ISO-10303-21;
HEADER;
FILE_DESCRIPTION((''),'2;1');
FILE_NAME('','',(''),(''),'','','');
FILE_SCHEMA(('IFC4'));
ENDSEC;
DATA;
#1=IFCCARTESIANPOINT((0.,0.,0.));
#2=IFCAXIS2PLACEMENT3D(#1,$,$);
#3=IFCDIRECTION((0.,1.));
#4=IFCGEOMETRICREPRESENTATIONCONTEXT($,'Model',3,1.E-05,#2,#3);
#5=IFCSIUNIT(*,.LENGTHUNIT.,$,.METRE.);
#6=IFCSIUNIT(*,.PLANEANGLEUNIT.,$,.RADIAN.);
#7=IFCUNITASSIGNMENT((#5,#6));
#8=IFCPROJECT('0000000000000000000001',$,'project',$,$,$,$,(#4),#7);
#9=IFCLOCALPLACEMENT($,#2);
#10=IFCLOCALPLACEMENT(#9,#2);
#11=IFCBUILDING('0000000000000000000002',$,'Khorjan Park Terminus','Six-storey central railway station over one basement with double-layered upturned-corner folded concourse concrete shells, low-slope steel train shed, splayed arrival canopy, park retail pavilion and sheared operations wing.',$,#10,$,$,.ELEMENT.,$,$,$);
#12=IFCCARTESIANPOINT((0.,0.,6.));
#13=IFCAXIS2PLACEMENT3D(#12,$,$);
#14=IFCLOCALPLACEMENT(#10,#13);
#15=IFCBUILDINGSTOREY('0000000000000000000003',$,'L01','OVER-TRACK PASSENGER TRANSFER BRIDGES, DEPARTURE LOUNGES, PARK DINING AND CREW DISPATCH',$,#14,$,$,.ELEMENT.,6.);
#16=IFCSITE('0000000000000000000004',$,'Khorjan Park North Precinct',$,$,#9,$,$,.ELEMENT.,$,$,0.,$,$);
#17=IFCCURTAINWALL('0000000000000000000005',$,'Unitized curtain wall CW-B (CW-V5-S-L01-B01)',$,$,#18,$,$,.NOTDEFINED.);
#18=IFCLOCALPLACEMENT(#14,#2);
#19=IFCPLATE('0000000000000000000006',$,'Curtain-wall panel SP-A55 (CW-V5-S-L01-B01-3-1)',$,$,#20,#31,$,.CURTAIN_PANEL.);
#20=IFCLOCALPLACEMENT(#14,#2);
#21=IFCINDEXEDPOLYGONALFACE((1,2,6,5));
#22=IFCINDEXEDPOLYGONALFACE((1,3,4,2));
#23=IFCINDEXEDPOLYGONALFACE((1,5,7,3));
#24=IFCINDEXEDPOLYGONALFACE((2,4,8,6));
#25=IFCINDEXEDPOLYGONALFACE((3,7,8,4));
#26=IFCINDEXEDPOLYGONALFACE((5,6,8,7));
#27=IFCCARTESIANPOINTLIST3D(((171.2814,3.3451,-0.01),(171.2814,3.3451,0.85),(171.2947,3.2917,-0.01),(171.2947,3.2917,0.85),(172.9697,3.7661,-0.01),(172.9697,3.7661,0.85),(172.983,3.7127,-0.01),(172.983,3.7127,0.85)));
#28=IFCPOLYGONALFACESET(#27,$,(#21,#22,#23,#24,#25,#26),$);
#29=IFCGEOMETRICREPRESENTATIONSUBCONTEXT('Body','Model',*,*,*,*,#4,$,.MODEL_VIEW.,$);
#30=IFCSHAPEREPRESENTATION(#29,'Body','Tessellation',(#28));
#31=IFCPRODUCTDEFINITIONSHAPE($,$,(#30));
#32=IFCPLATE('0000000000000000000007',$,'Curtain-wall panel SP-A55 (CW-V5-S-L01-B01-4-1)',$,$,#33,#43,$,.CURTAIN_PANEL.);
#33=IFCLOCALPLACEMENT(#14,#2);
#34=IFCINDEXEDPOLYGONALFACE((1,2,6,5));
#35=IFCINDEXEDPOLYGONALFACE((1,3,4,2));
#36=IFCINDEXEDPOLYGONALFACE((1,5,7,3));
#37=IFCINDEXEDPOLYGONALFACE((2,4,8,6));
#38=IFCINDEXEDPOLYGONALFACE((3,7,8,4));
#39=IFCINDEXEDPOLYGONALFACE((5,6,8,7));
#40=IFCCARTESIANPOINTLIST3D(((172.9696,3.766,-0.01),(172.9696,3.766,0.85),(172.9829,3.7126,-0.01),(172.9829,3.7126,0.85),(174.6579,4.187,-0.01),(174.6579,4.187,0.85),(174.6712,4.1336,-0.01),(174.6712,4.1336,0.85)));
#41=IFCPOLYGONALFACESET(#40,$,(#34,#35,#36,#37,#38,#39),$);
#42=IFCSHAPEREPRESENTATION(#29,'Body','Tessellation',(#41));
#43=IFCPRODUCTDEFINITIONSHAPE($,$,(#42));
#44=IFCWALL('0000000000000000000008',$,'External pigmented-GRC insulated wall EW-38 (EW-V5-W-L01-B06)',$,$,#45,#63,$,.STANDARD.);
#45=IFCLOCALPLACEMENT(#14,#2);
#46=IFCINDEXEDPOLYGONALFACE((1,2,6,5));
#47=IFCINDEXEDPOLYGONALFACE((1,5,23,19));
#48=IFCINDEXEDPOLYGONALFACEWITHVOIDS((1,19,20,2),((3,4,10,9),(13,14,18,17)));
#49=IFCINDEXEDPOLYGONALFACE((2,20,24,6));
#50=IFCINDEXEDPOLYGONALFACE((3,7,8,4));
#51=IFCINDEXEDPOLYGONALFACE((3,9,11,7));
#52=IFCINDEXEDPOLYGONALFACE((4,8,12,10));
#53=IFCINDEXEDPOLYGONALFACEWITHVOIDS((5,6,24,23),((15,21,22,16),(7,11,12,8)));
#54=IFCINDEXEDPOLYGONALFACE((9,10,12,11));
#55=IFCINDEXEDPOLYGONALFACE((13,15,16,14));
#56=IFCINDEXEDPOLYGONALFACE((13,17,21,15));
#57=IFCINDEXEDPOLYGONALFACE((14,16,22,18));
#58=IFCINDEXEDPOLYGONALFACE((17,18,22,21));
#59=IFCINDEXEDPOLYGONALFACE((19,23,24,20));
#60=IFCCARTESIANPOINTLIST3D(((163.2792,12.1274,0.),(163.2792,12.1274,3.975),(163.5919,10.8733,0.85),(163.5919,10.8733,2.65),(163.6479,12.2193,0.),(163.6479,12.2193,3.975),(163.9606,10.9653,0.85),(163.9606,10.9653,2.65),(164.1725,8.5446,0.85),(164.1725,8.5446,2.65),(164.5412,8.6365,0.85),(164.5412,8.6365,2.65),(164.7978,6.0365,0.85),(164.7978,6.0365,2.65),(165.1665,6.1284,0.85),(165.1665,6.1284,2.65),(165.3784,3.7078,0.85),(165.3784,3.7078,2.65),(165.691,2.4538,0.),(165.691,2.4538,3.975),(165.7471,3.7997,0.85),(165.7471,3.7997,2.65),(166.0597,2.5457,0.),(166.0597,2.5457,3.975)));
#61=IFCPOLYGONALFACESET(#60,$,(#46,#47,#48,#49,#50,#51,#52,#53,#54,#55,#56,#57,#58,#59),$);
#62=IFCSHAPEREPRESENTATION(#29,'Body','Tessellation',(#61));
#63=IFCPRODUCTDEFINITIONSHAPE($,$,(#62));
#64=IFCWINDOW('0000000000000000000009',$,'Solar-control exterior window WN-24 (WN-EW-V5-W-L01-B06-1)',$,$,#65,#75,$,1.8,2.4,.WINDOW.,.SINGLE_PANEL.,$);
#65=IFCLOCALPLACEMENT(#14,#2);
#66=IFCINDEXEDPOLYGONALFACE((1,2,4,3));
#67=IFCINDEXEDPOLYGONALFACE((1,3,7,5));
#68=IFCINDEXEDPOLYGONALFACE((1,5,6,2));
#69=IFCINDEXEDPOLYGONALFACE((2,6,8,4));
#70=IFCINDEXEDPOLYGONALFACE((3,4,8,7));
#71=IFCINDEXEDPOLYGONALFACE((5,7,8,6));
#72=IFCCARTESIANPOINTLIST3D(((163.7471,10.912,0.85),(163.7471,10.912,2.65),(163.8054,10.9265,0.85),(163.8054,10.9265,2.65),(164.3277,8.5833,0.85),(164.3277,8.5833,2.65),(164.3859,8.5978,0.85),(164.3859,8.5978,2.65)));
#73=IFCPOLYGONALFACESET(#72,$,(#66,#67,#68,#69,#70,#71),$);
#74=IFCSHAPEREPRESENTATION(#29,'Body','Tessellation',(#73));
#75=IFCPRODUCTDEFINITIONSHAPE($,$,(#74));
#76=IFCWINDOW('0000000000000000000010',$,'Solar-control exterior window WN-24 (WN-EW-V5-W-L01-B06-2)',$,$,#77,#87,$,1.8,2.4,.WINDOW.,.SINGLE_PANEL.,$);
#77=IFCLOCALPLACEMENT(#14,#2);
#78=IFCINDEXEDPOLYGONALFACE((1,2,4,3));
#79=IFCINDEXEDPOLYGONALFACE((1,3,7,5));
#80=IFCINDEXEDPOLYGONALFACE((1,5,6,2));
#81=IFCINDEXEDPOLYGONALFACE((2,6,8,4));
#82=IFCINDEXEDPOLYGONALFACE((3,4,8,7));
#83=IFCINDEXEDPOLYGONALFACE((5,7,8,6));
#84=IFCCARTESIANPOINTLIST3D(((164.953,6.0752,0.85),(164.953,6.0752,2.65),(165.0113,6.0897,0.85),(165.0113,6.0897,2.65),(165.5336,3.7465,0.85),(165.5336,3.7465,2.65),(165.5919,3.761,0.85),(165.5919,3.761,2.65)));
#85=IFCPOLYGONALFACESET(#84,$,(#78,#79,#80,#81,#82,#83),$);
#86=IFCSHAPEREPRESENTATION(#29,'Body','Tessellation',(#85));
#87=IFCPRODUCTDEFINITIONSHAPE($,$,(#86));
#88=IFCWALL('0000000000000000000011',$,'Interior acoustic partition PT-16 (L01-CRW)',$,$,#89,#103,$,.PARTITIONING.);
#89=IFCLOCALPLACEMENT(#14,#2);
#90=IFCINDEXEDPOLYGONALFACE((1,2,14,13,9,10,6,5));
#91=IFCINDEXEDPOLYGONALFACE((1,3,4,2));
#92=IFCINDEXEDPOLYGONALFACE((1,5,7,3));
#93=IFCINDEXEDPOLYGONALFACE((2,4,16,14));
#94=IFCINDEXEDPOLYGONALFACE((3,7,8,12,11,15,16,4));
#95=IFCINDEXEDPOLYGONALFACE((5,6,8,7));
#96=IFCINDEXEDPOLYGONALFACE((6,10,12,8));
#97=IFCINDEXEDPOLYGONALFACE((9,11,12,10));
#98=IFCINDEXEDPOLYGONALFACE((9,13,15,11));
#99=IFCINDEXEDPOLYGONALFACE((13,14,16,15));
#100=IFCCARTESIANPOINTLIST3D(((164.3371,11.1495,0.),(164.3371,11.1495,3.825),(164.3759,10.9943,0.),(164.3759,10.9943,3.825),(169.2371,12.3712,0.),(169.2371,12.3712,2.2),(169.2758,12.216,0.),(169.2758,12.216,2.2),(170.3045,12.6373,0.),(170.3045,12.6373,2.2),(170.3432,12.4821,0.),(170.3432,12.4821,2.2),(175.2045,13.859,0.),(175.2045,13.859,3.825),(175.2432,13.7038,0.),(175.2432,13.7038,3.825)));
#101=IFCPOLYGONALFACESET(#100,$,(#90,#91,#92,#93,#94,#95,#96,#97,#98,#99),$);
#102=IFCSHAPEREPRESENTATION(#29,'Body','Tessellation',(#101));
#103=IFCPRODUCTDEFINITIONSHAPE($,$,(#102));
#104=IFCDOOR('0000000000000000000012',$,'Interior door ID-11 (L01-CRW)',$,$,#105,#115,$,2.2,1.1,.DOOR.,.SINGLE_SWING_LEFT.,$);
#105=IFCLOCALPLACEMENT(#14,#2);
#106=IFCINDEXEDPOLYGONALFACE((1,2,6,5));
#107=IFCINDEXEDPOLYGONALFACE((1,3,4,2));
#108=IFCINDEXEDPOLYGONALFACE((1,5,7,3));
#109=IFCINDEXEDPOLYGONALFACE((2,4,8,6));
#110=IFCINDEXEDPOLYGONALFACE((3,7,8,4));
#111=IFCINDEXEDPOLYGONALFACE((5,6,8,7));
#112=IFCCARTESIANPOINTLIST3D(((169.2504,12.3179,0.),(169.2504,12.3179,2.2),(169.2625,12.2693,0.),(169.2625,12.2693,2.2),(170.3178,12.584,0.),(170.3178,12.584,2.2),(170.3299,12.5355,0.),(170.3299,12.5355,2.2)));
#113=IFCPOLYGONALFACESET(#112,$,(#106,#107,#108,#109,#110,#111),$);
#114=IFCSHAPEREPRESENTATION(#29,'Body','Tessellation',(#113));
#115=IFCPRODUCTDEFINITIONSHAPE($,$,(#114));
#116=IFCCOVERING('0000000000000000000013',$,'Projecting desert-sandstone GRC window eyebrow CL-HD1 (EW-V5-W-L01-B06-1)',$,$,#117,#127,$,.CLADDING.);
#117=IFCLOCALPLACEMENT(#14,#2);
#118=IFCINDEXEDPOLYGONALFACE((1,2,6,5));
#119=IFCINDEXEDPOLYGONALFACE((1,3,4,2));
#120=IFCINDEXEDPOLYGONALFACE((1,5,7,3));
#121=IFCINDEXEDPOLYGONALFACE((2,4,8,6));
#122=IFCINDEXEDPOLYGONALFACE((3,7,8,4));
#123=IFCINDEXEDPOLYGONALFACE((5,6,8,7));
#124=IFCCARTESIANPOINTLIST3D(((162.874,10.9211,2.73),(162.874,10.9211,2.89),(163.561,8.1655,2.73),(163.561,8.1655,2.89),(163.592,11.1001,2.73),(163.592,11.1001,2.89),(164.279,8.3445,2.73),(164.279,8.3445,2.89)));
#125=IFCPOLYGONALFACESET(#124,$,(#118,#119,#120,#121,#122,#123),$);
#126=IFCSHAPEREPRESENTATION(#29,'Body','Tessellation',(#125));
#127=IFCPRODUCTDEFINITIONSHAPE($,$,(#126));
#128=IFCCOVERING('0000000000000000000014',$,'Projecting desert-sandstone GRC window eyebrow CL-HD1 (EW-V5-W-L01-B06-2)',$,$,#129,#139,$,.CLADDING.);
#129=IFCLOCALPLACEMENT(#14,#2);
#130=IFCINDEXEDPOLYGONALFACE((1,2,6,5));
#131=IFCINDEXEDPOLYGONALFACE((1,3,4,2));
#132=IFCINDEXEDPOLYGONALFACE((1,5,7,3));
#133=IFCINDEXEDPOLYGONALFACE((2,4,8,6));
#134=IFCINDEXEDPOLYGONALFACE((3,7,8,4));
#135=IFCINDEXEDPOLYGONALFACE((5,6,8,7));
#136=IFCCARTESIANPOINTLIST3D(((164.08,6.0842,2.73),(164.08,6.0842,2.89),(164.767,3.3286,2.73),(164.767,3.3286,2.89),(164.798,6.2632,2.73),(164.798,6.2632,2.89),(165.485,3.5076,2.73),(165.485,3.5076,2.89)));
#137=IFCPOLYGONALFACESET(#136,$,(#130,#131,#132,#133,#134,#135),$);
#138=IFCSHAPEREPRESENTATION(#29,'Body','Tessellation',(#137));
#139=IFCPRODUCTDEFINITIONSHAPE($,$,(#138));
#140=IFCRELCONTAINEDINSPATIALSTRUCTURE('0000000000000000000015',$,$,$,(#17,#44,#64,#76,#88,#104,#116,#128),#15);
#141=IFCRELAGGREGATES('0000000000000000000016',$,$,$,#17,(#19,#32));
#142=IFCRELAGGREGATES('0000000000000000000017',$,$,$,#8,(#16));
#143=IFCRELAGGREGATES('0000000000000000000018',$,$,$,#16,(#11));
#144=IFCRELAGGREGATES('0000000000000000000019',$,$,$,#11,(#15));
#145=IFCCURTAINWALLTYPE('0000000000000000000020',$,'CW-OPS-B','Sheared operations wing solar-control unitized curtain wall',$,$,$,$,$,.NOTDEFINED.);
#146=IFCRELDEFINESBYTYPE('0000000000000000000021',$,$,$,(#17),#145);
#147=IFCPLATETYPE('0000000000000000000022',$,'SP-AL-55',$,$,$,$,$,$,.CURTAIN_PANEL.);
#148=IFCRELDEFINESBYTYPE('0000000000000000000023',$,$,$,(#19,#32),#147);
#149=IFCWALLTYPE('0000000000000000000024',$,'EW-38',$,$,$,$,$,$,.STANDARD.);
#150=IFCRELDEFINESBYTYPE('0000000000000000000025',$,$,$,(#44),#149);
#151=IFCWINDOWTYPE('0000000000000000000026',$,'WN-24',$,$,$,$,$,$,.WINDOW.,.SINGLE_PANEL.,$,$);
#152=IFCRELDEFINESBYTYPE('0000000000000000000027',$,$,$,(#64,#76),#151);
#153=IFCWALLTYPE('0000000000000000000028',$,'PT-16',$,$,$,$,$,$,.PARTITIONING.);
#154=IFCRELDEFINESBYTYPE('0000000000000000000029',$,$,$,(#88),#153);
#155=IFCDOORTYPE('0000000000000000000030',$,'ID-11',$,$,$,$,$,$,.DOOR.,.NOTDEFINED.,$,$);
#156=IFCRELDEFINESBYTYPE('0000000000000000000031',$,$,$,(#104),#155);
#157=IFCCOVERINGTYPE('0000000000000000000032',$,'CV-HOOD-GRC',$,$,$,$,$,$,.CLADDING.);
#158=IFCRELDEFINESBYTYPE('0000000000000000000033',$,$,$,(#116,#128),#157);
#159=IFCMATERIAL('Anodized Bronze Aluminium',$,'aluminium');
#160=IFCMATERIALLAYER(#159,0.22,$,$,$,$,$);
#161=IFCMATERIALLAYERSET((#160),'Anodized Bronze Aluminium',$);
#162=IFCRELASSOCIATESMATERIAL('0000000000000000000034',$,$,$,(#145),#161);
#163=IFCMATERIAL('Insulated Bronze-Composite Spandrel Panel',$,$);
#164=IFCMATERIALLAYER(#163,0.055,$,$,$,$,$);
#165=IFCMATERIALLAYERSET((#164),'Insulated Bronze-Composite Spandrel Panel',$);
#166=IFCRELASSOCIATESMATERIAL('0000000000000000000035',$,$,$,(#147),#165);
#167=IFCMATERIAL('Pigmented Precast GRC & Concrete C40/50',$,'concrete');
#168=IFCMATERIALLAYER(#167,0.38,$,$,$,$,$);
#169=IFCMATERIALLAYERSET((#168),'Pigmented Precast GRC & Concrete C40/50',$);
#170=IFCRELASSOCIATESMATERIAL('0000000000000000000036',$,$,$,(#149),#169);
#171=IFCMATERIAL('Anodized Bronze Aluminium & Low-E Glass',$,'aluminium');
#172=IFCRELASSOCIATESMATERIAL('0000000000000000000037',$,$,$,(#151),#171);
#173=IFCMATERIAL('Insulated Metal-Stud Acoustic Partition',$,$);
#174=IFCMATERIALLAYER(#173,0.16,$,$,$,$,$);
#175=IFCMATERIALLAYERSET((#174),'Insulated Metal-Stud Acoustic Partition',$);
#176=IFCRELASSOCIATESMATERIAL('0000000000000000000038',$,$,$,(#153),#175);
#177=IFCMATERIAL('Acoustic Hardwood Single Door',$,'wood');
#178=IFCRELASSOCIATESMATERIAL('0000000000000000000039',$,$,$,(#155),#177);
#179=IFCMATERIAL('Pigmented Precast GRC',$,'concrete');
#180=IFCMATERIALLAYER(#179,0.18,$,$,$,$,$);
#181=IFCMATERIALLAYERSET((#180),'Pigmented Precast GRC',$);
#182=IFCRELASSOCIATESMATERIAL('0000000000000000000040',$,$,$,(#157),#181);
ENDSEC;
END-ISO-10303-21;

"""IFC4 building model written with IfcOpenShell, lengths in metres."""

from ifc_helpers import new_model, si_unit, direction, frame, frame_2d, origin, origin_2d, place, context, subcontext, project, spatial, rectangle, extrude, material, layer, layer_set, type_object, element, fill, aggregate, save


model = new_model("IFC4")

# Units and contexts
model_context = context("Model", 3, precision=1e-05, world=origin(), true_north=direction((0.0, 1.0)))
body_context = subcontext(model_context, "Body", "Model", "MODEL_VIEW")
ifc_project = project(units=[si_unit("LENGTHUNIT", "METRE"), si_unit("PLANEANGLEUNIT", "RADIAN")], contexts=[model_context])

# Site, building, storey
site_placement = place(None, origin())
site = spatial("IfcSite", under=ifc_project, at=site_placement, Name="Khorjan Park North Precinct", CompositionType="ELEMENT", RefElevation=0.0)
building_placement = place(site_placement, origin())
building = spatial("IfcBuilding", under=site, at=building_placement, Name="Khorjan Park Terminus", Description="Six-storey central railway station over one basement with double-layered upturned-corner folded concourse concrete shells, low-slope steel train shed, splayed arrival canopy, park retail pavilion and sheared operations wing.", CompositionType="ELEMENT")
storey_placement = place(building_placement, frame((0.0, 0.0, 6.0)))
storey = spatial("IfcBuildingStorey", under=building, at=storey_placement, Name="L01", Description="OVER-TRACK PASSENGER TRANSFER BRIDGES, DEPARTURE LOUNGES, PARK DINING AND CREW DISPATCH", CompositionType="ELEMENT", Elevation=6.0)

# Curtain wall, plates
ifc_material_1 = material(Name="Anodized Bronze Aluminium", Category="aluminium")
ifc_layer_1 = layer(ifc_material_1, 0.22)
ifc_layer_set_1 = layer_set([ifc_layer_1], Name="Anodized Bronze Aluminium")
curtain_wall_type = type_object("IfcCurtainWallType", Name="CW-OPS-B", Description="Sheared operations wing solar-control unitized curtain wall", PredefinedType="NOTDEFINED", material=ifc_layer_set_1)
curtain_wall_placement = place(storey_placement, origin())
curtain_wall = element("IfcCurtainWall", 1, at=curtain_wall_placement, inside=storey, type_object=curtain_wall_type, Name="Unitized curtain wall CW-B (CW-V5-S-L01-B01)", PredefinedType="NOTDEFINED")
ifc_material_2 = material(Name="Insulated Bronze-Composite Spandrel Panel")
ifc_layer_2 = layer(ifc_material_2, 0.055)
ifc_layer_set_2 = layer_set([ifc_layer_2], Name="Insulated Bronze-Composite Spandrel Panel")
plate_type_1 = type_object("IfcPlateType", Name="SP-AL-55", PredefinedType="CURTAIN_PANEL", material=ifc_layer_set_2)
plate_1_placement = place(storey_placement, frame((172.1322, 3.5289, -0.01), z_axis=(0.0, 0.0, 1.0), x_axis=(0.970296, 0.241923, 0.0)))
plate_1 = element("IfcPlate", 2, at=plate_1_placement, type_object=plate_type_1, Name="Curtain-wall panel SP-A55 (CW-V5-S-L01-B01-3-1)", PredefinedType="CURTAIN_PANEL", context=body_context, shape_type="SweptSolid", body=[
    extrude(rectangle(XDim=1.74, YDim=0.055, at=origin_2d()), origin(), (0.0, 0.0, 1.0), 0.86),
])
plate_2_placement = place(storey_placement, frame((173.8204, 3.9498, -0.01), z_axis=(0.0, 0.0, 1.0), x_axis=(0.970296, 0.241923, 0.0)))
plate_2 = element("IfcPlate", 3, at=plate_2_placement, type_object=plate_type_1, Name="Curtain-wall panel SP-A55 (CW-V5-S-L01-B01-4-1)", PredefinedType="CURTAIN_PANEL", context=body_context, shape_type="SweptSolid", body=[
    extrude(rectangle(XDim=1.74, YDim=0.055, at=origin_2d()), origin(), (0.0, 0.0, 1.0), 0.86),
])
aggregate(curtain_wall, [plate_1, plate_2])

# Wall, openings, windows
ifc_material_3 = material(Name="Pigmented Precast GRC & Concrete C40/50", Category="concrete")
ifc_layer_3 = layer(ifc_material_3, 0.38)
ifc_layer_set_3 = layer_set([ifc_layer_3], Name="Pigmented Precast GRC & Concrete C40/50")
wall_type_1 = type_object("IfcWallType", Name="EW-38", PredefinedType="STANDARD", material=ifc_layer_set_3)
wall_1_placement = place(storey_placement, frame((163.4636, 12.1733, 0.0), z_axis=(0.0, 0.0, 1.0), x_axis=(0.241913, -0.970298, 0.0)))
wall_1 = element("IfcWall", 4, at=wall_1_placement, inside=storey, type_object=wall_type_1, Name="External pigmented-GRC insulated wall EW-38 (EW-V5-W-L01-B06)", PredefinedType="STANDARD", context=body_context, shape_type="SweptSolid", body=[
    extrude(rectangle(XDim=9.9697, YDim=0.38, at=frame_2d((4.9848, 0.0))), origin(), (0.0, 0.0, 1.0), 3.975),
])
opening_1_placement = place(wall_1_placement, frame((1.2924, 0.0, 0.85)))
opening_1 = element("IfcOpeningElement", 5, at=opening_1_placement, cuts=wall_1, PredefinedType="OPENING", context=body_context, shape_type="SweptSolid", body=[
    extrude(rectangle(XDim=2.4, YDim=1.8, at=frame_2d((1.2, 0.9))), frame((0.0, 0.2, 0.0), z_axis=(0.0, -1.0, 0.0), x_axis=(1.0, 0.0, 0.0)), (0.0, 0.0, 1.0), 0.4),
])
opening_2_placement = place(wall_1_placement, frame((6.2773, 0.0, 0.85)))
opening_2 = element("IfcOpeningElement", 6, at=opening_2_placement, cuts=wall_1, PredefinedType="OPENING", context=body_context, shape_type="SweptSolid", body=[
    extrude(rectangle(XDim=2.4, YDim=1.8, at=frame_2d((1.2, 0.9))), frame((0.0, 0.2, 0.0), z_axis=(0.0, -1.0, 0.0), x_axis=(1.0, 0.0, 0.0)), (0.0, 0.0, 1.0), 0.4),
])
ifc_material_4 = material(Name="Anodized Bronze Aluminium & Low-E Glass", Category="aluminium")
window_type = type_object("IfcWindowType", Name="WN-24", PartitioningType="SINGLE_PANEL", PredefinedType="WINDOW", material=ifc_material_4)
window_1_placement = place(opening_1_placement, origin())
window_1 = element("IfcWindow", 7, at=window_1_placement, inside=storey, type_object=window_type, Name="Solar-control exterior window WN-24 (WN-EW-V5-W-L01-B06-1)", OverallHeight=1.8, OverallWidth=2.4, PartitioningType="SINGLE_PANEL", PredefinedType="WINDOW", context=body_context, shape_type="SweptSolid", body=[
    extrude(rectangle(XDim=2.4, YDim=1.8, at=frame_2d((1.2, 0.9))), frame((0.0, 0.03, 0.0), z_axis=(0.0, -1.0, 0.0), x_axis=(1.0, 0.0, 0.0)), (0.0, 0.0, 1.0), 0.06),
])
fill(opening_1, window_1)
window_2_placement = place(opening_2_placement, origin())
window_2 = element("IfcWindow", 8, at=window_2_placement, inside=storey, type_object=window_type, Name="Solar-control exterior window WN-24 (WN-EW-V5-W-L01-B06-2)", OverallHeight=1.8, OverallWidth=2.4, PartitioningType="SINGLE_PANEL", PredefinedType="WINDOW", context=body_context, shape_type="SweptSolid", body=[
    extrude(rectangle(XDim=2.4, YDim=1.8, at=frame_2d((1.2, 0.9))), frame((0.0, 0.03, 0.0), z_axis=(0.0, -1.0, 0.0), x_axis=(1.0, 0.0, 0.0)), (0.0, 0.0, 1.0), 0.06),
])
fill(opening_2, window_2)

# Wall, opening, door
ifc_material_5 = material(Name="Insulated Metal-Stud Acoustic Partition")
ifc_layer_4 = layer(ifc_material_5, 0.16)
ifc_layer_set_4 = layer_set([ifc_layer_4], Name="Insulated Metal-Stud Acoustic Partition")
wall_type_2 = type_object("IfcWallType", Name="PT-16", PredefinedType="PARTITIONING", material=ifc_layer_set_4)
wall_2_placement = place(storey_placement, frame((164.3565, 11.0719, 0.0), z_axis=(0.0, 0.0, 1.0), x_axis=(0.970296, 0.24192, 0.0)))
wall_2 = element("IfcWall", 9, at=wall_2_placement, inside=storey, type_object=wall_type_2, Name="Interior acoustic partition PT-16 (L01-CRW)", PredefinedType="PARTITIONING", context=body_context, shape_type="SweptSolid", body=[
    extrude(rectangle(XDim=11.2, YDim=0.16, at=frame_2d((5.6, 0.0))), origin(), (0.0, 0.0, 1.0), 3.825),
])
opening_3_placement = place(wall_2_placement, frame((5.05, 0.0, 0.0)))
opening_3 = element("IfcOpeningElement", 10, at=opening_3_placement, cuts=wall_2, PredefinedType="OPENING", context=body_context, shape_type="SweptSolid", body=[
    extrude(rectangle(XDim=1.1, YDim=2.2, at=frame_2d((0.55, 1.1))), frame((0.0, 0.09, 0.0), z_axis=(0.0, -1.0, 0.0), x_axis=(1.0, 0.0, 0.0)), (0.0, 0.0, 1.0), 0.18),
])
ifc_material_6 = material(Name="Acoustic Hardwood Single Door", Category="wood")
door_type = type_object("IfcDoorType", Name="ID-11", OperationType="NOTDEFINED", PredefinedType="DOOR", material=ifc_material_6)
door_placement = place(opening_3_placement, origin())
door = element("IfcDoor", 11, at=door_placement, inside=storey, type_object=door_type, Name="Interior door ID-11 (L01-CRW)", OperationType="SINGLE_SWING_LEFT", OverallHeight=2.2, OverallWidth=1.1, PredefinedType="DOOR", context=body_context, shape_type="SweptSolid", body=[
    extrude(rectangle(XDim=1.1, YDim=2.2, at=frame_2d((0.55, 1.1))), frame((0.0, 0.025, 0.0), z_axis=(0.0, -1.0, 0.0), x_axis=(1.0, 0.0, 0.0)), (0.0, 0.0, 1.0), 0.05),
])
fill(opening_3, door)

# Coverings
ifc_material_7 = material(Name="Pigmented Precast GRC", Category="concrete")
ifc_layer_5 = layer(ifc_material_7, 0.18)
ifc_layer_set_5 = layer_set([ifc_layer_5], Name="Pigmented Precast GRC")
covering_type = type_object("IfcCoveringType", Name="CV-HOOD-GRC", PredefinedType="CLADDING", material=ifc_layer_set_5)
for number, where, z_axis, x_axis, name in (
    (12, (163.5765, 9.6328, 2.73), (0.0, 0.0, 1.0), (0.241913, -0.970298, 0.0), "Projecting desert-sandstone GRC window eyebrow CL-HD1 (EW-V5-W-L01-B06-1)"),
    (13, (164.7825, 4.7959, 2.73), (0.0, 0.0, 1.0), (0.241913, -0.970298, 0.0), "Projecting desert-sandstone GRC window eyebrow CL-HD1 (EW-V5-W-L01-B06-2)"),
):
    element("IfcCovering", number, at=place(storey_placement, frame(where, z_axis=z_axis, x_axis=x_axis)), inside=storey, type_object=covering_type, Name=name, PredefinedType="CLADDING", context=body_context, shape_type="SweptSolid", body=[
        extrude(rectangle(XDim=2.84, YDim=0.74, at=origin_2d()), origin(), (0.0, 0.0, 1.0), 0.16),
    ])

save(model, "model.ifc")
